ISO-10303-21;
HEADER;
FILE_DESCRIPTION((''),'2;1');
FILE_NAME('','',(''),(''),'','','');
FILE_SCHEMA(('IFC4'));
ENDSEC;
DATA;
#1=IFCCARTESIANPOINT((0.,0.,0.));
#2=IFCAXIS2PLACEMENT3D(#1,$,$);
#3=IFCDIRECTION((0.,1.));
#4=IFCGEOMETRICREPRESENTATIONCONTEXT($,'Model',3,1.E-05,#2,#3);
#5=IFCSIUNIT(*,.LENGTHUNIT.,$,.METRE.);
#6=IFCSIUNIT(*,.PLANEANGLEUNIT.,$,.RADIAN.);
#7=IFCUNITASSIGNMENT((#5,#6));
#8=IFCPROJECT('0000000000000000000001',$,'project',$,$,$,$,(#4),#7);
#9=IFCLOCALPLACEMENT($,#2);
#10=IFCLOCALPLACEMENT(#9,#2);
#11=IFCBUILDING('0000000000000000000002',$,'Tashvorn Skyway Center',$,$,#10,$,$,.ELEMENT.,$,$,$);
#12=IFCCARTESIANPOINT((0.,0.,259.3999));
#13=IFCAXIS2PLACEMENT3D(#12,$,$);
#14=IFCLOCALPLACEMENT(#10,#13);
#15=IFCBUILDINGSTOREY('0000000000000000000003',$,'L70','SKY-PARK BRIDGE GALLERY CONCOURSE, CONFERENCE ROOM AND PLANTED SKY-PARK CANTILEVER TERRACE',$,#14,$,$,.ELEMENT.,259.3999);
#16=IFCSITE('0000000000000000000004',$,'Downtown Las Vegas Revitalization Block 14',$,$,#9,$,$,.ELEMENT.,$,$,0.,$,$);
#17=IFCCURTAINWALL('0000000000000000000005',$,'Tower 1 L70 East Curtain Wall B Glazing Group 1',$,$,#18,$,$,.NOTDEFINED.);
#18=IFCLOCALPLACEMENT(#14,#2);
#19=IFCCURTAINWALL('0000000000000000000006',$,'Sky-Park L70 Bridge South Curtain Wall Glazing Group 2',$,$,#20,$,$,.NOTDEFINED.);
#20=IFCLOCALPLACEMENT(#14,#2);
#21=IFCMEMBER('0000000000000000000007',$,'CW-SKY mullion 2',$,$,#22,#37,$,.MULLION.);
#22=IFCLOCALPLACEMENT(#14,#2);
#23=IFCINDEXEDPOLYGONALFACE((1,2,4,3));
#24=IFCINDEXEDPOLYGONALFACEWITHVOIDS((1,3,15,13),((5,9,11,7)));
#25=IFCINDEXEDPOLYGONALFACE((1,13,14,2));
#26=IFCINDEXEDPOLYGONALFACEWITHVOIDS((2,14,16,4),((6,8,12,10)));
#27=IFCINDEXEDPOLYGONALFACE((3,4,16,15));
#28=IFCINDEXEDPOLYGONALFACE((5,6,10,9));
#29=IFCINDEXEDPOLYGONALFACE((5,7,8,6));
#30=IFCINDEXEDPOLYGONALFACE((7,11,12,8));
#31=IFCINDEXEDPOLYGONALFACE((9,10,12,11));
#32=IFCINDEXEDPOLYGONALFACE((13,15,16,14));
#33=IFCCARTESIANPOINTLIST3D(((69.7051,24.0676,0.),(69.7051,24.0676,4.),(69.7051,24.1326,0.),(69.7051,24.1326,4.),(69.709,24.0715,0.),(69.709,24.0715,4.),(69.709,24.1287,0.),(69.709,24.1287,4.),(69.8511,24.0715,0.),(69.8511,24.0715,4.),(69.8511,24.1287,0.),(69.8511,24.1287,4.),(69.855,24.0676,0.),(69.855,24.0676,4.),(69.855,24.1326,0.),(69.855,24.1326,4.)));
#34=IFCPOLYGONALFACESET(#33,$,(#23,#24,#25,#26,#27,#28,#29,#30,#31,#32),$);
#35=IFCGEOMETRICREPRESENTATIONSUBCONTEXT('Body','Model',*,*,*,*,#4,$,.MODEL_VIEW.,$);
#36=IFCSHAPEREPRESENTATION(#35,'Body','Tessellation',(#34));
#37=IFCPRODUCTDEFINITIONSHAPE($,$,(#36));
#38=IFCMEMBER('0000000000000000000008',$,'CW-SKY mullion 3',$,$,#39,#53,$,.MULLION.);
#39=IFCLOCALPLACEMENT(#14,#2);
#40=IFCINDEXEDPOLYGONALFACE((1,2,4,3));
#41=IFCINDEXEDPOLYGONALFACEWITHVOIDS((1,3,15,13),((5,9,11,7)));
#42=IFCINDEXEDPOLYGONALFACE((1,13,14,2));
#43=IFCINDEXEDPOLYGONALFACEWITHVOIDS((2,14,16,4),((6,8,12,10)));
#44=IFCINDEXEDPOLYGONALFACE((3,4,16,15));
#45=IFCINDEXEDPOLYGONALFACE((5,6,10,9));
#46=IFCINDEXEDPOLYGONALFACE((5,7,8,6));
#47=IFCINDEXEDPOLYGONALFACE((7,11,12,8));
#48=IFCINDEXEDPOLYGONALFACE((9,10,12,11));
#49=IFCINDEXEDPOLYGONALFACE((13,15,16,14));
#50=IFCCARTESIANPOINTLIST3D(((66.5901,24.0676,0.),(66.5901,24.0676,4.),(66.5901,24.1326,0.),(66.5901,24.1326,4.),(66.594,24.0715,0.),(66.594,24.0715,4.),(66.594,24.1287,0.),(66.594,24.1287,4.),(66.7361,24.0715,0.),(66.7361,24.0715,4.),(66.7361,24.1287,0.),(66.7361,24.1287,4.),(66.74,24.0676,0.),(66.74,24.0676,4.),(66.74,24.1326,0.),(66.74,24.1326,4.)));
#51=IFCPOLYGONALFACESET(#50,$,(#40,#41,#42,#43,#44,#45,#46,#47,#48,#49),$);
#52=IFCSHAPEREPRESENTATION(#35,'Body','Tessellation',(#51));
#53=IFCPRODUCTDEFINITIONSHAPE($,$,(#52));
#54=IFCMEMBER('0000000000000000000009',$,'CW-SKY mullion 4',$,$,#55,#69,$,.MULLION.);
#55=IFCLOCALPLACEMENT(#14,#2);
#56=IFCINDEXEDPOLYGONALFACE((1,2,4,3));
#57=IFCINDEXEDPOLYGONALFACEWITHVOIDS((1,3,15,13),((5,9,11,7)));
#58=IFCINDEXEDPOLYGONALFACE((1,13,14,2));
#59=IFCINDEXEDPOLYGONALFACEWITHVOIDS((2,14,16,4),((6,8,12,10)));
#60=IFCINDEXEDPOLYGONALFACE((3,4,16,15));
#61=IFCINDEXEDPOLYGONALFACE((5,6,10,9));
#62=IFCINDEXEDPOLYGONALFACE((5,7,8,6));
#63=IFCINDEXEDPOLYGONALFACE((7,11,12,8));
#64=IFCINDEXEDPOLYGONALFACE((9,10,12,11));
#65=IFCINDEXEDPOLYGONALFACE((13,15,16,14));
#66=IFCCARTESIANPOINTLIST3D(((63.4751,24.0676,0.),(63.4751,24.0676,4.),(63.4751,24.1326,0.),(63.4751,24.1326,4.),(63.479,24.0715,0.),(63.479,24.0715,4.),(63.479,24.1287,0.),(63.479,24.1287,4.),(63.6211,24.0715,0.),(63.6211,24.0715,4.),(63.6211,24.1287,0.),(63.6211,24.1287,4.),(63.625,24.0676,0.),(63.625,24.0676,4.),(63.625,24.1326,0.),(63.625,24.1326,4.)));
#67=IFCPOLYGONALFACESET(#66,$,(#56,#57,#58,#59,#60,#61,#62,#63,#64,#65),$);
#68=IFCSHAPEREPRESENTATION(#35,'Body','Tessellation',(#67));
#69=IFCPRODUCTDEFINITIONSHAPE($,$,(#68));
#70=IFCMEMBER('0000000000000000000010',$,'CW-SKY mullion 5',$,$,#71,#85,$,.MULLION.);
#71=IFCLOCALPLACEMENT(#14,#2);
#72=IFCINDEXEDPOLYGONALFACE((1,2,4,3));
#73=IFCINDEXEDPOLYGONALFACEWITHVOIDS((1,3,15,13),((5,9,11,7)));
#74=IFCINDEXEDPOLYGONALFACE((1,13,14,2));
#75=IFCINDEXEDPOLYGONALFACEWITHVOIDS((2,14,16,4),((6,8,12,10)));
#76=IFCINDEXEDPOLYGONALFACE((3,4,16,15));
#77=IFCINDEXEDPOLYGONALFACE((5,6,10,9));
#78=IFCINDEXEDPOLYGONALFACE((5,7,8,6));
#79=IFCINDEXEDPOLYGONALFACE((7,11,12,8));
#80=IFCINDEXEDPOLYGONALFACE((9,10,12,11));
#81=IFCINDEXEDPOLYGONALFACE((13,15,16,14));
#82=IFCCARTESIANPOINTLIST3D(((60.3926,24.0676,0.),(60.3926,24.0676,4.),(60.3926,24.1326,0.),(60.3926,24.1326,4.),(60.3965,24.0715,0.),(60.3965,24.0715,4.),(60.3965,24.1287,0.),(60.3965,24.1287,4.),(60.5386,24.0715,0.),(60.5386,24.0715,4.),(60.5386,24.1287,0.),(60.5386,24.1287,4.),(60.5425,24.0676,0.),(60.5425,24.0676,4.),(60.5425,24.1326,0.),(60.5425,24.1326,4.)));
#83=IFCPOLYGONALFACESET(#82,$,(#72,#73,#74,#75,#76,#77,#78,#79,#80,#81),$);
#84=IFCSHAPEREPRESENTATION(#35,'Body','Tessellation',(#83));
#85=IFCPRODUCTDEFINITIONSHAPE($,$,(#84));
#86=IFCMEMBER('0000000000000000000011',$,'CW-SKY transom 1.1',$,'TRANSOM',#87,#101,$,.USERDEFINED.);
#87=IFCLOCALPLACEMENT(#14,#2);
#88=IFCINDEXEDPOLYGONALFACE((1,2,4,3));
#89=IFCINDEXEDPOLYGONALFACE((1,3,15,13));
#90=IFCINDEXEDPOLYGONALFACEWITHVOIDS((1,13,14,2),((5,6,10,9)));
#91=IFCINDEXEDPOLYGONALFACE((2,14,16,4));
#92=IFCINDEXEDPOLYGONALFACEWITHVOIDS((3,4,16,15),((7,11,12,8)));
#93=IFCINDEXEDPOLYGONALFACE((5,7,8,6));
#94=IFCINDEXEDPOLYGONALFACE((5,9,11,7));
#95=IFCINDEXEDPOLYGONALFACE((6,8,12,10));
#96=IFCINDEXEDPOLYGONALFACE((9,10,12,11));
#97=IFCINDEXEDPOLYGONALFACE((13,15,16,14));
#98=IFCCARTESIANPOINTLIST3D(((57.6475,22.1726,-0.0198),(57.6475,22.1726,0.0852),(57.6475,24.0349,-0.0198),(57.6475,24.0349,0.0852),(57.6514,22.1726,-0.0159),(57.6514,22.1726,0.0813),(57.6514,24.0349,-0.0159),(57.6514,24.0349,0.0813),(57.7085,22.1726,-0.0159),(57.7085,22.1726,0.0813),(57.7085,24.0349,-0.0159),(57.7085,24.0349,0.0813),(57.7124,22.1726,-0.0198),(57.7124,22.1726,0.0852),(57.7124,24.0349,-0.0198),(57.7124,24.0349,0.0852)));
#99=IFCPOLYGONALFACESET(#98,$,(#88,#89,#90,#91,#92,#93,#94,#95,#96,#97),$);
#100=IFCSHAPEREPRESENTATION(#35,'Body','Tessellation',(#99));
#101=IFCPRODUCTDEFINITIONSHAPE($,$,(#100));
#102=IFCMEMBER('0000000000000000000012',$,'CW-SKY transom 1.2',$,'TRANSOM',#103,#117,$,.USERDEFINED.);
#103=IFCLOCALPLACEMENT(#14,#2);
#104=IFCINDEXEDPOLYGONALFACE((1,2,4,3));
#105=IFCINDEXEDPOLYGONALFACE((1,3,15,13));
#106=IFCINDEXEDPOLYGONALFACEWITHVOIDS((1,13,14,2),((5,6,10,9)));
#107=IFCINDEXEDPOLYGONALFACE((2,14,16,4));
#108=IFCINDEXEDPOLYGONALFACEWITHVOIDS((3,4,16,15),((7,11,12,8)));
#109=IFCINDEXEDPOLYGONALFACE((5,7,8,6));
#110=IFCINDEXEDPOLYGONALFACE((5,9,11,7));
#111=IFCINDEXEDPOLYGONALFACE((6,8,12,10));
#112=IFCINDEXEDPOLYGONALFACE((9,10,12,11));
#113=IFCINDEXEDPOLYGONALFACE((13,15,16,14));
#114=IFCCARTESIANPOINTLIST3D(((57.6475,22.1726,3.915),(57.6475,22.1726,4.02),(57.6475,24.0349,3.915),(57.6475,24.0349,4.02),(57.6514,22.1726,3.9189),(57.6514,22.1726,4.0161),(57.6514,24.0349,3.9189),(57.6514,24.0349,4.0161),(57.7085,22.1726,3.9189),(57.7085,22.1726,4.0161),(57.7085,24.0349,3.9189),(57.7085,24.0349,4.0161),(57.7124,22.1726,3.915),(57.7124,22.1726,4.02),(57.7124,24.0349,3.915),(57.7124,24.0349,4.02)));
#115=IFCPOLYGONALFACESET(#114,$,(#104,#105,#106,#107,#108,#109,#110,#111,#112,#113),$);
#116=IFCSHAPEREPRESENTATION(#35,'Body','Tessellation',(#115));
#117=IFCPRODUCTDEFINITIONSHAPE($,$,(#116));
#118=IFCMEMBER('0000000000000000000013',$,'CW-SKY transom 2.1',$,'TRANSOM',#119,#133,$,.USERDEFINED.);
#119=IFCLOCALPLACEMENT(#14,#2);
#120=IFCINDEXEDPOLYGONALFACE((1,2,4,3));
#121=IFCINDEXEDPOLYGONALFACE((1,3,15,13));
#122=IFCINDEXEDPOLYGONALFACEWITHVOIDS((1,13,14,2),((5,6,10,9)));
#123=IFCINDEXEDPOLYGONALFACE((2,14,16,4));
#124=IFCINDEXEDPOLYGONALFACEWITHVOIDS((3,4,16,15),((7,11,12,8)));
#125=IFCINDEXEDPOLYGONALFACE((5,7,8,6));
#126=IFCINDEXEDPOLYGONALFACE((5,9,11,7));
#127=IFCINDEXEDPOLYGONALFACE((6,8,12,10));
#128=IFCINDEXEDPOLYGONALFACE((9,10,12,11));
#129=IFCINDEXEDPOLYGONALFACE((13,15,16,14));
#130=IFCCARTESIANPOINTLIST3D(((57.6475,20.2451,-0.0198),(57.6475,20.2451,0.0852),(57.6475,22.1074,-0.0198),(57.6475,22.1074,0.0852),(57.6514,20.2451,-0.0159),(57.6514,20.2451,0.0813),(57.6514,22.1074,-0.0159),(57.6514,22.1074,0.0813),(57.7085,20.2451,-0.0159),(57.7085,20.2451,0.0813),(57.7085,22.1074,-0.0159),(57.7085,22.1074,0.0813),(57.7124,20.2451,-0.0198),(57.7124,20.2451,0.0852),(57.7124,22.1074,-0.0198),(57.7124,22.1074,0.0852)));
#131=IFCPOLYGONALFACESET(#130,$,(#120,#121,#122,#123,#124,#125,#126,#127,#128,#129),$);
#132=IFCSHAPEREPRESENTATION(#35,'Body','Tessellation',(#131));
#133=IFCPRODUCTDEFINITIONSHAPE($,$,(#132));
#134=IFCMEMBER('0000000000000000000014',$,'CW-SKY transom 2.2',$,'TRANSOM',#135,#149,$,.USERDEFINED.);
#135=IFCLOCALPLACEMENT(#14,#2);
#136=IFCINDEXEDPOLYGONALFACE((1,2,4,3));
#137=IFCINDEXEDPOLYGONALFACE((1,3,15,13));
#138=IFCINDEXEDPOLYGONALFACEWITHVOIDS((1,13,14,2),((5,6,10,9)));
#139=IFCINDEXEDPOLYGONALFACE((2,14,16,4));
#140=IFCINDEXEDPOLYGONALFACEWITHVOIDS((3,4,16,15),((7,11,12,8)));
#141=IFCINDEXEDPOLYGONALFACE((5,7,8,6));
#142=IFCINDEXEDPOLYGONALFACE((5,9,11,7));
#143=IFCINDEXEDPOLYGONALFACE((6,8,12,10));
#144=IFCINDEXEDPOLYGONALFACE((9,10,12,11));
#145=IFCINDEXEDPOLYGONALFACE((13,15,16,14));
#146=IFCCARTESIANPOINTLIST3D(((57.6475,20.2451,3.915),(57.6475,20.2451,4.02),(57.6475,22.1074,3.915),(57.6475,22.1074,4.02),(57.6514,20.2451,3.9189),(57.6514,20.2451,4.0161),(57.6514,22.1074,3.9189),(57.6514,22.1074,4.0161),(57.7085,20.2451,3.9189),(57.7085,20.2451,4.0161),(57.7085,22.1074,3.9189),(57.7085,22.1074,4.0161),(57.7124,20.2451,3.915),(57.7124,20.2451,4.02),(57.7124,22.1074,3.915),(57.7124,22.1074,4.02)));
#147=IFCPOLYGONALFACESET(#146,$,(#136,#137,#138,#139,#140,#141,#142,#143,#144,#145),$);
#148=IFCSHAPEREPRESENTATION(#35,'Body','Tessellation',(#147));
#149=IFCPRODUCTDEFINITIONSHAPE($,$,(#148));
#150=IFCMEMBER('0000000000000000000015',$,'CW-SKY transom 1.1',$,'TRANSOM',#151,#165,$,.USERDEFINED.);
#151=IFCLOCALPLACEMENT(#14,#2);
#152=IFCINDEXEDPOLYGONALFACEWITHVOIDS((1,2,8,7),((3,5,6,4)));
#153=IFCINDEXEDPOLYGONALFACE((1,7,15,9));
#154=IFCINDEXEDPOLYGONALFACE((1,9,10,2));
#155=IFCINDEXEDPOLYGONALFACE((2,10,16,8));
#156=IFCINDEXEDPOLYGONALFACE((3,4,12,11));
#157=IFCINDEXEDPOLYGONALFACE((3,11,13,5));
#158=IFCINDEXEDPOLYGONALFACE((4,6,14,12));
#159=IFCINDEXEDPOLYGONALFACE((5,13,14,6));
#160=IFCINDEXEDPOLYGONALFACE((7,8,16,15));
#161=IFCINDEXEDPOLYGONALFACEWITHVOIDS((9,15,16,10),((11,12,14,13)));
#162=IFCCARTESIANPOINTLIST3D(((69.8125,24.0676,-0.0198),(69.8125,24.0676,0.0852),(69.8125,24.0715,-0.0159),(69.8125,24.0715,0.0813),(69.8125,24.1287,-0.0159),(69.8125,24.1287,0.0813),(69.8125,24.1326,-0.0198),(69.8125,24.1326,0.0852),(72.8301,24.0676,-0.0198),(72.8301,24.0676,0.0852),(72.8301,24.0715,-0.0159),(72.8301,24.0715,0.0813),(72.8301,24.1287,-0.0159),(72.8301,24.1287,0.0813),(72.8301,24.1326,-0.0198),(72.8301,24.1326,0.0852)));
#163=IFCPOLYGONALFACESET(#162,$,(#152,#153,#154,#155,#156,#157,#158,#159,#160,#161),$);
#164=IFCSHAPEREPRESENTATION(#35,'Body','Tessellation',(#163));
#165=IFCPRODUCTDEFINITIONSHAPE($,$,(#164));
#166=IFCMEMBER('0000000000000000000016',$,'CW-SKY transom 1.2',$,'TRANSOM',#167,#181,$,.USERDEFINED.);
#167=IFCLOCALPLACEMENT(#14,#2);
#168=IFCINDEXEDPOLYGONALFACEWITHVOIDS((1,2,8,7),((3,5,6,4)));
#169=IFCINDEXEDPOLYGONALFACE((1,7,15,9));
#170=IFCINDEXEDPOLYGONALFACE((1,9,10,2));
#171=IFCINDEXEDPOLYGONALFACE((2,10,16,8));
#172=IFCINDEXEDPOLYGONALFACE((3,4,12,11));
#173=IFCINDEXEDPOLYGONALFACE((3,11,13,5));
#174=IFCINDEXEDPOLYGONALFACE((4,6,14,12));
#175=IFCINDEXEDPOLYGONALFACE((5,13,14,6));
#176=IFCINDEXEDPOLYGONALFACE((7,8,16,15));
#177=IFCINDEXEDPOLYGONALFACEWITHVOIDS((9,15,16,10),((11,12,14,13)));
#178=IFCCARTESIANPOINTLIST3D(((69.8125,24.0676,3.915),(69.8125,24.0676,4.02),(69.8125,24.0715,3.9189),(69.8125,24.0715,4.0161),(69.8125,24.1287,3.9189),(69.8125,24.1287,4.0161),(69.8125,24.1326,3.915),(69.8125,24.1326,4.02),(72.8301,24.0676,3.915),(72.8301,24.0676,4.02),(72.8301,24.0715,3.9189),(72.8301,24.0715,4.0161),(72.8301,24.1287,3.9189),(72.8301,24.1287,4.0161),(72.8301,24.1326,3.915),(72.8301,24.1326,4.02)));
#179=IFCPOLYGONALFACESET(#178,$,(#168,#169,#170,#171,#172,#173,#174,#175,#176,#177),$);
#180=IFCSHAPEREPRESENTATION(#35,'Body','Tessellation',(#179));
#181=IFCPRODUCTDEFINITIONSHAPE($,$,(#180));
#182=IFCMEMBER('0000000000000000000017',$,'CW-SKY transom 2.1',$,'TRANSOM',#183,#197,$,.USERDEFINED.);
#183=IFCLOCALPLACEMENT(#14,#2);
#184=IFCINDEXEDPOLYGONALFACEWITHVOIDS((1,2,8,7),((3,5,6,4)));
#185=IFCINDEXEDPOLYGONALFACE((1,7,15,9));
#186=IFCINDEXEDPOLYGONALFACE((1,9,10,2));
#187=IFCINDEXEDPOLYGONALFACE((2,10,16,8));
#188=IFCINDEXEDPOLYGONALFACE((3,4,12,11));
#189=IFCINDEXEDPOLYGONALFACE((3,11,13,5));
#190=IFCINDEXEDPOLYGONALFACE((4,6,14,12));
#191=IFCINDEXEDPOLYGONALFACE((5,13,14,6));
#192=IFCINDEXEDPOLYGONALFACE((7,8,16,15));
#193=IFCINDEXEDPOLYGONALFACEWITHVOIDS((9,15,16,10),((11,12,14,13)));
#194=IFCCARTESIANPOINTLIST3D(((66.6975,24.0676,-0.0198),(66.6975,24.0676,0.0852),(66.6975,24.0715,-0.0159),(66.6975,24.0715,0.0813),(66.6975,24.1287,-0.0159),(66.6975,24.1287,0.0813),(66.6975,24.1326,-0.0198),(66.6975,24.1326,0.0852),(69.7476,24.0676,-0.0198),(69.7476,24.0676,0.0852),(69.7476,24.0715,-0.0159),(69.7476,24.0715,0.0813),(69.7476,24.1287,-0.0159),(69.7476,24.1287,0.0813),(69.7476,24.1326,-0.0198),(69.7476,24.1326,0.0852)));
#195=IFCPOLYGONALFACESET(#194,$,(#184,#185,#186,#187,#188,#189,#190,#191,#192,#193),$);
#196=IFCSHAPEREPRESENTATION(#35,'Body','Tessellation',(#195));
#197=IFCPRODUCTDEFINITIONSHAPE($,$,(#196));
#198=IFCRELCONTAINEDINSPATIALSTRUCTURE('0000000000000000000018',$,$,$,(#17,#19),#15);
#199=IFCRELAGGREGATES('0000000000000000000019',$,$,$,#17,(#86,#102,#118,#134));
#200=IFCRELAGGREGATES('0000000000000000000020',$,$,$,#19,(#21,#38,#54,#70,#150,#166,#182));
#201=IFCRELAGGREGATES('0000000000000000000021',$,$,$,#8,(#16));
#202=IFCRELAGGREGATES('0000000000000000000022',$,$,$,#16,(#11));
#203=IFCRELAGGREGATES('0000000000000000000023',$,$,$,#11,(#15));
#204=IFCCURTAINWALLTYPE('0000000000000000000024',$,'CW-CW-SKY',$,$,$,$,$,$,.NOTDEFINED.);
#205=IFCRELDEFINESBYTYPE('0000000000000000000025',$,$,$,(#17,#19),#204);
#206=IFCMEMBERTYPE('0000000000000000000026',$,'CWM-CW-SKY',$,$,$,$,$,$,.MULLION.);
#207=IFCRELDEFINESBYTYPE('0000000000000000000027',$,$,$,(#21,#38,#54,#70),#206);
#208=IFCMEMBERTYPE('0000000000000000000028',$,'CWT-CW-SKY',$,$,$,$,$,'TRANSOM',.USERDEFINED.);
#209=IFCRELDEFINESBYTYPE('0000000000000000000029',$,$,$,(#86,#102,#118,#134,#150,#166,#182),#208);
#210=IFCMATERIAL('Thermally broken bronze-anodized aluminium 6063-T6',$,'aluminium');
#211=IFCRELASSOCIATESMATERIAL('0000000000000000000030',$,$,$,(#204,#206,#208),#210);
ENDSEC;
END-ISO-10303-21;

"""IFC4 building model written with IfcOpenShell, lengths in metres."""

from ifc_helpers import new_model, si_unit, direction, frame, origin, origin_2d, place, context, subcontext, project, spatial, hollow_rectangle, extrude, material, material_profile, profile_set, type_object, element, aggregate, save


model = new_model("IFC4")

# Units and contexts
model_context = context("Model", 3, precision=1e-05, world=origin(), true_north=direction((0.0, 1.0)))
body_context = subcontext(model_context, "Body", "Model", "MODEL_VIEW")
ifc_project = project(units=[si_unit("LENGTHUNIT", "METRE"), si_unit("PLANEANGLEUNIT", "RADIAN")], contexts=[model_context])

# Site, building, storey
site_placement = place(None, origin())
site = spatial("IfcSite", under=ifc_project, at=site_placement, Name="Downtown Las Vegas Revitalization Block 14", CompositionType="ELEMENT", RefElevation=0.0)
building_placement = place(site_placement, origin())
building = spatial("IfcBuilding", under=site, at=building_placement, Name="Tashvorn Skyway Center", CompositionType="ELEMENT")
storey_placement = place(building_placement, frame((0.0, 0.0, 259.3999)))
storey = spatial("IfcBuildingStorey", under=building, at=storey_placement, Name="L70", Description="SKY-PARK BRIDGE GALLERY CONCOURSE, CONFERENCE ROOM AND PLANTED SKY-PARK CANTILEVER TERRACE", CompositionType="ELEMENT", Elevation=259.3999)

# Curtain walls, members
ifc_material_1 = material(Name="Thermally broken bronze-anodized aluminium 6063-T6", Category="aluminium")
curtain_wall_type = type_object("IfcCurtainWallType", Name="CW-CW-SKY", PredefinedType="NOTDEFINED", material=ifc_material_1)
curtain_wall_1_placement = place(storey_placement, origin())
curtain_wall_1 = element("IfcCurtainWall", 1, at=curtain_wall_1_placement, inside=storey, type_object=curtain_wall_type, Name="Tower 1 L70 East Curtain Wall B Glazing Group 1", PredefinedType="NOTDEFINED")
ifc_material_profile_1 = material_profile(ifc_material_1, hollow_rectangle(XDim=0.0649, YDim=0.1499, WallThickness=0.0039, at=origin_2d()), Name="ALU-MULL-65x150")
ifc_profile_set_1 = profile_set([ifc_material_profile_1], Name="Thermally broken bronze-anodized aluminium 6063-T6")
member_type_1 = type_object("IfcMemberType", Name="CWM-CW-SKY", PredefinedType="MULLION", material=ifc_profile_set_1)
curtain_wall_2_placement = place(storey_placement, origin())
curtain_wall_2 = element("IfcCurtainWall", 2, at=curtain_wall_2_placement, inside=storey, type_object=curtain_wall_type, Name="Sky-Park L70 Bridge South Curtain Wall Glazing Group 2", PredefinedType="NOTDEFINED")
member_1_placement = place(storey_placement, frame((69.78, 24.1001, 0.0), z_axis=(0.0, 0.0, 1.0), x_axis=(0.0, -1.0, 0.0)))
member_1 = element("IfcMember", 3, at=member_1_placement, type_object=member_type_1, Name="CW-SKY mullion 2", PredefinedType="MULLION", context=body_context, shape_type="SweptSolid", body=[
    extrude(hollow_rectangle(XDim=0.0649, YDim=0.1499, WallThickness=0.0039, at=origin_2d()), origin(), (0.0, 0.0, 1.0), 4.0),
])
member_2_placement = place(storey_placement, frame((66.665, 24.1001, 0.0), z_axis=(0.0, 0.0, 1.0), x_axis=(0.0, -1.0, 0.0)))
member_2 = element("IfcMember", 4, at=member_2_placement, type_object=member_type_1, Name="CW-SKY mullion 3", PredefinedType="MULLION", context=body_context, shape_type="SweptSolid", body=[
    extrude(hollow_rectangle(XDim=0.0649, YDim=0.1499, WallThickness=0.0039, at=origin_2d()), origin(), (0.0, 0.0, 1.0), 4.0),
])
member_3_placement = place(storey_placement, frame((63.55, 24.1001, 0.0), z_axis=(0.0, 0.0, 1.0), x_axis=(0.0, -1.0, 0.0)))
member_3 = element("IfcMember", 5, at=member_3_placement, type_object=member_type_1, Name="CW-SKY mullion 4", PredefinedType="MULLION", context=body_context, shape_type="SweptSolid", body=[
    extrude(hollow_rectangle(XDim=0.0649, YDim=0.1499, WallThickness=0.0039, at=origin_2d()), origin(), (0.0, 0.0, 1.0), 4.0),
])
member_4_placement = place(storey_placement, frame((60.4675, 24.1001, 0.0), z_axis=(0.0, 0.0, 1.0), x_axis=(0.0, -1.0, 0.0)))
member_4 = element("IfcMember", 6, at=member_4_placement, type_object=member_type_1, Name="CW-SKY mullion 5", PredefinedType="MULLION", context=body_context, shape_type="SweptSolid", body=[
    extrude(hollow_rectangle(XDim=0.0649, YDim=0.1499, WallThickness=0.0039, at=origin_2d()), origin(), (0.0, 0.0, 1.0), 4.0),
])

# Members
ifc_material_profile_2 = material_profile(ifc_material_1, hollow_rectangle(XDim=0.0649, YDim=0.105, WallThickness=0.0039, at=origin_2d()), Name="ALU-TRAN-65x105")
ifc_profile_set_2 = profile_set([ifc_material_profile_2], Name="Thermally broken bronze-anodized aluminium 6063-T6")
member_type_2 = type_object("IfcMemberType", Name="CWT-CW-SKY", ElementType="TRANSOM", PredefinedType="USERDEFINED", material=ifc_profile_set_2)
member_5_placement = place(storey_placement, frame((57.6799, 24.0349, 0.0327), z_axis=(0.0, -1.0, 0.0), x_axis=(1.0, 0.0, 0.0)))
member_5 = element("IfcMember", 7, at=member_5_placement, type_object=member_type_2, Name="CW-SKY transom 1.1", ObjectType="TRANSOM", PredefinedType="USERDEFINED", context=body_context, shape_type="SweptSolid", body=[
    extrude(hollow_rectangle(XDim=0.0649, YDim=0.105, WallThickness=0.0039, at=origin_2d()), origin(), (0.0, 0.0, 1.0), 1.8623),
])
member_6_placement = place(storey_placement, frame((57.6799, 24.0349, 3.9675), z_axis=(0.0, -1.0, 0.0), x_axis=(1.0, 0.0, 0.0)))
member_6 = element("IfcMember", 8, at=member_6_placement, type_object=member_type_2, Name="CW-SKY transom 1.2", ObjectType="TRANSOM", PredefinedType="USERDEFINED", context=body_context, shape_type="SweptSolid", body=[
    extrude(hollow_rectangle(XDim=0.0649, YDim=0.105, WallThickness=0.0039, at=origin_2d()), origin(), (0.0, 0.0, 1.0), 1.8623),
])
member_7_placement = place(storey_placement, frame((57.6799, 22.1074, 0.0327), z_axis=(0.0, -1.0, 0.0), x_axis=(1.0, 0.0, 0.0)))
member_7 = element("IfcMember", 9, at=member_7_placement, type_object=member_type_2, Name="CW-SKY transom 2.1", ObjectType="TRANSOM", PredefinedType="USERDEFINED", context=body_context, shape_type="SweptSolid", body=[
    extrude(hollow_rectangle(XDim=0.0649, YDim=0.105, WallThickness=0.0039, at=origin_2d()), origin(), (0.0, 0.0, 1.0), 1.8623),
])
member_8_placement = place(storey_placement, frame((57.6799, 22.1074, 3.9675), z_axis=(0.0, -1.0, 0.0), x_axis=(1.0, 0.0, 0.0)))
member_8 = element("IfcMember", 10, at=member_8_placement, type_object=member_type_2, Name="CW-SKY transom 2.2", ObjectType="TRANSOM", PredefinedType="USERDEFINED", context=body_context, shape_type="SweptSolid", body=[
    extrude(hollow_rectangle(XDim=0.0649, YDim=0.105, WallThickness=0.0039, at=origin_2d()), origin(), (0.0, 0.0, 1.0), 1.8623),
])
member_9_placement = place(storey_placement, frame((72.8301, 24.1001, 0.0327), z_axis=(-1.0, 0.0, 0.0), x_axis=(0.0, -1.0, 0.0)))
member_9 = element("IfcMember", 11, at=member_9_placement, type_object=member_type_2, Name="CW-SKY transom 1.1", ObjectType="TRANSOM", PredefinedType="USERDEFINED", context=body_context, shape_type="SweptSolid", body=[
    extrude(hollow_rectangle(XDim=0.0649, YDim=0.105, WallThickness=0.0039, at=origin_2d()), origin(), (0.0, 0.0, 1.0), 3.0176),
])
member_10_placement = place(storey_placement, frame((72.8301, 24.1001, 3.9675), z_axis=(-1.0, 0.0, 0.0), x_axis=(0.0, -1.0, 0.0)))
member_10 = element("IfcMember", 12, at=member_10_placement, type_object=member_type_2, Name="CW-SKY transom 1.2", ObjectType="TRANSOM", PredefinedType="USERDEFINED", context=body_context, shape_type="SweptSolid", body=[
    extrude(hollow_rectangle(XDim=0.0649, YDim=0.105, WallThickness=0.0039, at=origin_2d()), origin(), (0.0, 0.0, 1.0), 3.0176),
])
member_11_placement = place(storey_placement, frame((69.7476, 24.1001, 0.0327), z_axis=(-1.0, 0.0, 0.0), x_axis=(0.0, -1.0, 0.0)))
member_11 = element("IfcMember", 13, at=member_11_placement, type_object=member_type_2, Name="CW-SKY transom 2.1", ObjectType="TRANSOM", PredefinedType="USERDEFINED", context=body_context, shape_type="SweptSolid", body=[
    extrude(hollow_rectangle(XDim=0.0649, YDim=0.105, WallThickness=0.0039, at=origin_2d()), origin(), (0.0, 0.0, 1.0), 3.05),
])

aggregate(curtain_wall_1, [member_5, member_6, member_7, member_8])
aggregate(curtain_wall_2, [member_1, member_2, member_3, member_4, member_9, member_10, member_11])

save(model, "model.ifc")
